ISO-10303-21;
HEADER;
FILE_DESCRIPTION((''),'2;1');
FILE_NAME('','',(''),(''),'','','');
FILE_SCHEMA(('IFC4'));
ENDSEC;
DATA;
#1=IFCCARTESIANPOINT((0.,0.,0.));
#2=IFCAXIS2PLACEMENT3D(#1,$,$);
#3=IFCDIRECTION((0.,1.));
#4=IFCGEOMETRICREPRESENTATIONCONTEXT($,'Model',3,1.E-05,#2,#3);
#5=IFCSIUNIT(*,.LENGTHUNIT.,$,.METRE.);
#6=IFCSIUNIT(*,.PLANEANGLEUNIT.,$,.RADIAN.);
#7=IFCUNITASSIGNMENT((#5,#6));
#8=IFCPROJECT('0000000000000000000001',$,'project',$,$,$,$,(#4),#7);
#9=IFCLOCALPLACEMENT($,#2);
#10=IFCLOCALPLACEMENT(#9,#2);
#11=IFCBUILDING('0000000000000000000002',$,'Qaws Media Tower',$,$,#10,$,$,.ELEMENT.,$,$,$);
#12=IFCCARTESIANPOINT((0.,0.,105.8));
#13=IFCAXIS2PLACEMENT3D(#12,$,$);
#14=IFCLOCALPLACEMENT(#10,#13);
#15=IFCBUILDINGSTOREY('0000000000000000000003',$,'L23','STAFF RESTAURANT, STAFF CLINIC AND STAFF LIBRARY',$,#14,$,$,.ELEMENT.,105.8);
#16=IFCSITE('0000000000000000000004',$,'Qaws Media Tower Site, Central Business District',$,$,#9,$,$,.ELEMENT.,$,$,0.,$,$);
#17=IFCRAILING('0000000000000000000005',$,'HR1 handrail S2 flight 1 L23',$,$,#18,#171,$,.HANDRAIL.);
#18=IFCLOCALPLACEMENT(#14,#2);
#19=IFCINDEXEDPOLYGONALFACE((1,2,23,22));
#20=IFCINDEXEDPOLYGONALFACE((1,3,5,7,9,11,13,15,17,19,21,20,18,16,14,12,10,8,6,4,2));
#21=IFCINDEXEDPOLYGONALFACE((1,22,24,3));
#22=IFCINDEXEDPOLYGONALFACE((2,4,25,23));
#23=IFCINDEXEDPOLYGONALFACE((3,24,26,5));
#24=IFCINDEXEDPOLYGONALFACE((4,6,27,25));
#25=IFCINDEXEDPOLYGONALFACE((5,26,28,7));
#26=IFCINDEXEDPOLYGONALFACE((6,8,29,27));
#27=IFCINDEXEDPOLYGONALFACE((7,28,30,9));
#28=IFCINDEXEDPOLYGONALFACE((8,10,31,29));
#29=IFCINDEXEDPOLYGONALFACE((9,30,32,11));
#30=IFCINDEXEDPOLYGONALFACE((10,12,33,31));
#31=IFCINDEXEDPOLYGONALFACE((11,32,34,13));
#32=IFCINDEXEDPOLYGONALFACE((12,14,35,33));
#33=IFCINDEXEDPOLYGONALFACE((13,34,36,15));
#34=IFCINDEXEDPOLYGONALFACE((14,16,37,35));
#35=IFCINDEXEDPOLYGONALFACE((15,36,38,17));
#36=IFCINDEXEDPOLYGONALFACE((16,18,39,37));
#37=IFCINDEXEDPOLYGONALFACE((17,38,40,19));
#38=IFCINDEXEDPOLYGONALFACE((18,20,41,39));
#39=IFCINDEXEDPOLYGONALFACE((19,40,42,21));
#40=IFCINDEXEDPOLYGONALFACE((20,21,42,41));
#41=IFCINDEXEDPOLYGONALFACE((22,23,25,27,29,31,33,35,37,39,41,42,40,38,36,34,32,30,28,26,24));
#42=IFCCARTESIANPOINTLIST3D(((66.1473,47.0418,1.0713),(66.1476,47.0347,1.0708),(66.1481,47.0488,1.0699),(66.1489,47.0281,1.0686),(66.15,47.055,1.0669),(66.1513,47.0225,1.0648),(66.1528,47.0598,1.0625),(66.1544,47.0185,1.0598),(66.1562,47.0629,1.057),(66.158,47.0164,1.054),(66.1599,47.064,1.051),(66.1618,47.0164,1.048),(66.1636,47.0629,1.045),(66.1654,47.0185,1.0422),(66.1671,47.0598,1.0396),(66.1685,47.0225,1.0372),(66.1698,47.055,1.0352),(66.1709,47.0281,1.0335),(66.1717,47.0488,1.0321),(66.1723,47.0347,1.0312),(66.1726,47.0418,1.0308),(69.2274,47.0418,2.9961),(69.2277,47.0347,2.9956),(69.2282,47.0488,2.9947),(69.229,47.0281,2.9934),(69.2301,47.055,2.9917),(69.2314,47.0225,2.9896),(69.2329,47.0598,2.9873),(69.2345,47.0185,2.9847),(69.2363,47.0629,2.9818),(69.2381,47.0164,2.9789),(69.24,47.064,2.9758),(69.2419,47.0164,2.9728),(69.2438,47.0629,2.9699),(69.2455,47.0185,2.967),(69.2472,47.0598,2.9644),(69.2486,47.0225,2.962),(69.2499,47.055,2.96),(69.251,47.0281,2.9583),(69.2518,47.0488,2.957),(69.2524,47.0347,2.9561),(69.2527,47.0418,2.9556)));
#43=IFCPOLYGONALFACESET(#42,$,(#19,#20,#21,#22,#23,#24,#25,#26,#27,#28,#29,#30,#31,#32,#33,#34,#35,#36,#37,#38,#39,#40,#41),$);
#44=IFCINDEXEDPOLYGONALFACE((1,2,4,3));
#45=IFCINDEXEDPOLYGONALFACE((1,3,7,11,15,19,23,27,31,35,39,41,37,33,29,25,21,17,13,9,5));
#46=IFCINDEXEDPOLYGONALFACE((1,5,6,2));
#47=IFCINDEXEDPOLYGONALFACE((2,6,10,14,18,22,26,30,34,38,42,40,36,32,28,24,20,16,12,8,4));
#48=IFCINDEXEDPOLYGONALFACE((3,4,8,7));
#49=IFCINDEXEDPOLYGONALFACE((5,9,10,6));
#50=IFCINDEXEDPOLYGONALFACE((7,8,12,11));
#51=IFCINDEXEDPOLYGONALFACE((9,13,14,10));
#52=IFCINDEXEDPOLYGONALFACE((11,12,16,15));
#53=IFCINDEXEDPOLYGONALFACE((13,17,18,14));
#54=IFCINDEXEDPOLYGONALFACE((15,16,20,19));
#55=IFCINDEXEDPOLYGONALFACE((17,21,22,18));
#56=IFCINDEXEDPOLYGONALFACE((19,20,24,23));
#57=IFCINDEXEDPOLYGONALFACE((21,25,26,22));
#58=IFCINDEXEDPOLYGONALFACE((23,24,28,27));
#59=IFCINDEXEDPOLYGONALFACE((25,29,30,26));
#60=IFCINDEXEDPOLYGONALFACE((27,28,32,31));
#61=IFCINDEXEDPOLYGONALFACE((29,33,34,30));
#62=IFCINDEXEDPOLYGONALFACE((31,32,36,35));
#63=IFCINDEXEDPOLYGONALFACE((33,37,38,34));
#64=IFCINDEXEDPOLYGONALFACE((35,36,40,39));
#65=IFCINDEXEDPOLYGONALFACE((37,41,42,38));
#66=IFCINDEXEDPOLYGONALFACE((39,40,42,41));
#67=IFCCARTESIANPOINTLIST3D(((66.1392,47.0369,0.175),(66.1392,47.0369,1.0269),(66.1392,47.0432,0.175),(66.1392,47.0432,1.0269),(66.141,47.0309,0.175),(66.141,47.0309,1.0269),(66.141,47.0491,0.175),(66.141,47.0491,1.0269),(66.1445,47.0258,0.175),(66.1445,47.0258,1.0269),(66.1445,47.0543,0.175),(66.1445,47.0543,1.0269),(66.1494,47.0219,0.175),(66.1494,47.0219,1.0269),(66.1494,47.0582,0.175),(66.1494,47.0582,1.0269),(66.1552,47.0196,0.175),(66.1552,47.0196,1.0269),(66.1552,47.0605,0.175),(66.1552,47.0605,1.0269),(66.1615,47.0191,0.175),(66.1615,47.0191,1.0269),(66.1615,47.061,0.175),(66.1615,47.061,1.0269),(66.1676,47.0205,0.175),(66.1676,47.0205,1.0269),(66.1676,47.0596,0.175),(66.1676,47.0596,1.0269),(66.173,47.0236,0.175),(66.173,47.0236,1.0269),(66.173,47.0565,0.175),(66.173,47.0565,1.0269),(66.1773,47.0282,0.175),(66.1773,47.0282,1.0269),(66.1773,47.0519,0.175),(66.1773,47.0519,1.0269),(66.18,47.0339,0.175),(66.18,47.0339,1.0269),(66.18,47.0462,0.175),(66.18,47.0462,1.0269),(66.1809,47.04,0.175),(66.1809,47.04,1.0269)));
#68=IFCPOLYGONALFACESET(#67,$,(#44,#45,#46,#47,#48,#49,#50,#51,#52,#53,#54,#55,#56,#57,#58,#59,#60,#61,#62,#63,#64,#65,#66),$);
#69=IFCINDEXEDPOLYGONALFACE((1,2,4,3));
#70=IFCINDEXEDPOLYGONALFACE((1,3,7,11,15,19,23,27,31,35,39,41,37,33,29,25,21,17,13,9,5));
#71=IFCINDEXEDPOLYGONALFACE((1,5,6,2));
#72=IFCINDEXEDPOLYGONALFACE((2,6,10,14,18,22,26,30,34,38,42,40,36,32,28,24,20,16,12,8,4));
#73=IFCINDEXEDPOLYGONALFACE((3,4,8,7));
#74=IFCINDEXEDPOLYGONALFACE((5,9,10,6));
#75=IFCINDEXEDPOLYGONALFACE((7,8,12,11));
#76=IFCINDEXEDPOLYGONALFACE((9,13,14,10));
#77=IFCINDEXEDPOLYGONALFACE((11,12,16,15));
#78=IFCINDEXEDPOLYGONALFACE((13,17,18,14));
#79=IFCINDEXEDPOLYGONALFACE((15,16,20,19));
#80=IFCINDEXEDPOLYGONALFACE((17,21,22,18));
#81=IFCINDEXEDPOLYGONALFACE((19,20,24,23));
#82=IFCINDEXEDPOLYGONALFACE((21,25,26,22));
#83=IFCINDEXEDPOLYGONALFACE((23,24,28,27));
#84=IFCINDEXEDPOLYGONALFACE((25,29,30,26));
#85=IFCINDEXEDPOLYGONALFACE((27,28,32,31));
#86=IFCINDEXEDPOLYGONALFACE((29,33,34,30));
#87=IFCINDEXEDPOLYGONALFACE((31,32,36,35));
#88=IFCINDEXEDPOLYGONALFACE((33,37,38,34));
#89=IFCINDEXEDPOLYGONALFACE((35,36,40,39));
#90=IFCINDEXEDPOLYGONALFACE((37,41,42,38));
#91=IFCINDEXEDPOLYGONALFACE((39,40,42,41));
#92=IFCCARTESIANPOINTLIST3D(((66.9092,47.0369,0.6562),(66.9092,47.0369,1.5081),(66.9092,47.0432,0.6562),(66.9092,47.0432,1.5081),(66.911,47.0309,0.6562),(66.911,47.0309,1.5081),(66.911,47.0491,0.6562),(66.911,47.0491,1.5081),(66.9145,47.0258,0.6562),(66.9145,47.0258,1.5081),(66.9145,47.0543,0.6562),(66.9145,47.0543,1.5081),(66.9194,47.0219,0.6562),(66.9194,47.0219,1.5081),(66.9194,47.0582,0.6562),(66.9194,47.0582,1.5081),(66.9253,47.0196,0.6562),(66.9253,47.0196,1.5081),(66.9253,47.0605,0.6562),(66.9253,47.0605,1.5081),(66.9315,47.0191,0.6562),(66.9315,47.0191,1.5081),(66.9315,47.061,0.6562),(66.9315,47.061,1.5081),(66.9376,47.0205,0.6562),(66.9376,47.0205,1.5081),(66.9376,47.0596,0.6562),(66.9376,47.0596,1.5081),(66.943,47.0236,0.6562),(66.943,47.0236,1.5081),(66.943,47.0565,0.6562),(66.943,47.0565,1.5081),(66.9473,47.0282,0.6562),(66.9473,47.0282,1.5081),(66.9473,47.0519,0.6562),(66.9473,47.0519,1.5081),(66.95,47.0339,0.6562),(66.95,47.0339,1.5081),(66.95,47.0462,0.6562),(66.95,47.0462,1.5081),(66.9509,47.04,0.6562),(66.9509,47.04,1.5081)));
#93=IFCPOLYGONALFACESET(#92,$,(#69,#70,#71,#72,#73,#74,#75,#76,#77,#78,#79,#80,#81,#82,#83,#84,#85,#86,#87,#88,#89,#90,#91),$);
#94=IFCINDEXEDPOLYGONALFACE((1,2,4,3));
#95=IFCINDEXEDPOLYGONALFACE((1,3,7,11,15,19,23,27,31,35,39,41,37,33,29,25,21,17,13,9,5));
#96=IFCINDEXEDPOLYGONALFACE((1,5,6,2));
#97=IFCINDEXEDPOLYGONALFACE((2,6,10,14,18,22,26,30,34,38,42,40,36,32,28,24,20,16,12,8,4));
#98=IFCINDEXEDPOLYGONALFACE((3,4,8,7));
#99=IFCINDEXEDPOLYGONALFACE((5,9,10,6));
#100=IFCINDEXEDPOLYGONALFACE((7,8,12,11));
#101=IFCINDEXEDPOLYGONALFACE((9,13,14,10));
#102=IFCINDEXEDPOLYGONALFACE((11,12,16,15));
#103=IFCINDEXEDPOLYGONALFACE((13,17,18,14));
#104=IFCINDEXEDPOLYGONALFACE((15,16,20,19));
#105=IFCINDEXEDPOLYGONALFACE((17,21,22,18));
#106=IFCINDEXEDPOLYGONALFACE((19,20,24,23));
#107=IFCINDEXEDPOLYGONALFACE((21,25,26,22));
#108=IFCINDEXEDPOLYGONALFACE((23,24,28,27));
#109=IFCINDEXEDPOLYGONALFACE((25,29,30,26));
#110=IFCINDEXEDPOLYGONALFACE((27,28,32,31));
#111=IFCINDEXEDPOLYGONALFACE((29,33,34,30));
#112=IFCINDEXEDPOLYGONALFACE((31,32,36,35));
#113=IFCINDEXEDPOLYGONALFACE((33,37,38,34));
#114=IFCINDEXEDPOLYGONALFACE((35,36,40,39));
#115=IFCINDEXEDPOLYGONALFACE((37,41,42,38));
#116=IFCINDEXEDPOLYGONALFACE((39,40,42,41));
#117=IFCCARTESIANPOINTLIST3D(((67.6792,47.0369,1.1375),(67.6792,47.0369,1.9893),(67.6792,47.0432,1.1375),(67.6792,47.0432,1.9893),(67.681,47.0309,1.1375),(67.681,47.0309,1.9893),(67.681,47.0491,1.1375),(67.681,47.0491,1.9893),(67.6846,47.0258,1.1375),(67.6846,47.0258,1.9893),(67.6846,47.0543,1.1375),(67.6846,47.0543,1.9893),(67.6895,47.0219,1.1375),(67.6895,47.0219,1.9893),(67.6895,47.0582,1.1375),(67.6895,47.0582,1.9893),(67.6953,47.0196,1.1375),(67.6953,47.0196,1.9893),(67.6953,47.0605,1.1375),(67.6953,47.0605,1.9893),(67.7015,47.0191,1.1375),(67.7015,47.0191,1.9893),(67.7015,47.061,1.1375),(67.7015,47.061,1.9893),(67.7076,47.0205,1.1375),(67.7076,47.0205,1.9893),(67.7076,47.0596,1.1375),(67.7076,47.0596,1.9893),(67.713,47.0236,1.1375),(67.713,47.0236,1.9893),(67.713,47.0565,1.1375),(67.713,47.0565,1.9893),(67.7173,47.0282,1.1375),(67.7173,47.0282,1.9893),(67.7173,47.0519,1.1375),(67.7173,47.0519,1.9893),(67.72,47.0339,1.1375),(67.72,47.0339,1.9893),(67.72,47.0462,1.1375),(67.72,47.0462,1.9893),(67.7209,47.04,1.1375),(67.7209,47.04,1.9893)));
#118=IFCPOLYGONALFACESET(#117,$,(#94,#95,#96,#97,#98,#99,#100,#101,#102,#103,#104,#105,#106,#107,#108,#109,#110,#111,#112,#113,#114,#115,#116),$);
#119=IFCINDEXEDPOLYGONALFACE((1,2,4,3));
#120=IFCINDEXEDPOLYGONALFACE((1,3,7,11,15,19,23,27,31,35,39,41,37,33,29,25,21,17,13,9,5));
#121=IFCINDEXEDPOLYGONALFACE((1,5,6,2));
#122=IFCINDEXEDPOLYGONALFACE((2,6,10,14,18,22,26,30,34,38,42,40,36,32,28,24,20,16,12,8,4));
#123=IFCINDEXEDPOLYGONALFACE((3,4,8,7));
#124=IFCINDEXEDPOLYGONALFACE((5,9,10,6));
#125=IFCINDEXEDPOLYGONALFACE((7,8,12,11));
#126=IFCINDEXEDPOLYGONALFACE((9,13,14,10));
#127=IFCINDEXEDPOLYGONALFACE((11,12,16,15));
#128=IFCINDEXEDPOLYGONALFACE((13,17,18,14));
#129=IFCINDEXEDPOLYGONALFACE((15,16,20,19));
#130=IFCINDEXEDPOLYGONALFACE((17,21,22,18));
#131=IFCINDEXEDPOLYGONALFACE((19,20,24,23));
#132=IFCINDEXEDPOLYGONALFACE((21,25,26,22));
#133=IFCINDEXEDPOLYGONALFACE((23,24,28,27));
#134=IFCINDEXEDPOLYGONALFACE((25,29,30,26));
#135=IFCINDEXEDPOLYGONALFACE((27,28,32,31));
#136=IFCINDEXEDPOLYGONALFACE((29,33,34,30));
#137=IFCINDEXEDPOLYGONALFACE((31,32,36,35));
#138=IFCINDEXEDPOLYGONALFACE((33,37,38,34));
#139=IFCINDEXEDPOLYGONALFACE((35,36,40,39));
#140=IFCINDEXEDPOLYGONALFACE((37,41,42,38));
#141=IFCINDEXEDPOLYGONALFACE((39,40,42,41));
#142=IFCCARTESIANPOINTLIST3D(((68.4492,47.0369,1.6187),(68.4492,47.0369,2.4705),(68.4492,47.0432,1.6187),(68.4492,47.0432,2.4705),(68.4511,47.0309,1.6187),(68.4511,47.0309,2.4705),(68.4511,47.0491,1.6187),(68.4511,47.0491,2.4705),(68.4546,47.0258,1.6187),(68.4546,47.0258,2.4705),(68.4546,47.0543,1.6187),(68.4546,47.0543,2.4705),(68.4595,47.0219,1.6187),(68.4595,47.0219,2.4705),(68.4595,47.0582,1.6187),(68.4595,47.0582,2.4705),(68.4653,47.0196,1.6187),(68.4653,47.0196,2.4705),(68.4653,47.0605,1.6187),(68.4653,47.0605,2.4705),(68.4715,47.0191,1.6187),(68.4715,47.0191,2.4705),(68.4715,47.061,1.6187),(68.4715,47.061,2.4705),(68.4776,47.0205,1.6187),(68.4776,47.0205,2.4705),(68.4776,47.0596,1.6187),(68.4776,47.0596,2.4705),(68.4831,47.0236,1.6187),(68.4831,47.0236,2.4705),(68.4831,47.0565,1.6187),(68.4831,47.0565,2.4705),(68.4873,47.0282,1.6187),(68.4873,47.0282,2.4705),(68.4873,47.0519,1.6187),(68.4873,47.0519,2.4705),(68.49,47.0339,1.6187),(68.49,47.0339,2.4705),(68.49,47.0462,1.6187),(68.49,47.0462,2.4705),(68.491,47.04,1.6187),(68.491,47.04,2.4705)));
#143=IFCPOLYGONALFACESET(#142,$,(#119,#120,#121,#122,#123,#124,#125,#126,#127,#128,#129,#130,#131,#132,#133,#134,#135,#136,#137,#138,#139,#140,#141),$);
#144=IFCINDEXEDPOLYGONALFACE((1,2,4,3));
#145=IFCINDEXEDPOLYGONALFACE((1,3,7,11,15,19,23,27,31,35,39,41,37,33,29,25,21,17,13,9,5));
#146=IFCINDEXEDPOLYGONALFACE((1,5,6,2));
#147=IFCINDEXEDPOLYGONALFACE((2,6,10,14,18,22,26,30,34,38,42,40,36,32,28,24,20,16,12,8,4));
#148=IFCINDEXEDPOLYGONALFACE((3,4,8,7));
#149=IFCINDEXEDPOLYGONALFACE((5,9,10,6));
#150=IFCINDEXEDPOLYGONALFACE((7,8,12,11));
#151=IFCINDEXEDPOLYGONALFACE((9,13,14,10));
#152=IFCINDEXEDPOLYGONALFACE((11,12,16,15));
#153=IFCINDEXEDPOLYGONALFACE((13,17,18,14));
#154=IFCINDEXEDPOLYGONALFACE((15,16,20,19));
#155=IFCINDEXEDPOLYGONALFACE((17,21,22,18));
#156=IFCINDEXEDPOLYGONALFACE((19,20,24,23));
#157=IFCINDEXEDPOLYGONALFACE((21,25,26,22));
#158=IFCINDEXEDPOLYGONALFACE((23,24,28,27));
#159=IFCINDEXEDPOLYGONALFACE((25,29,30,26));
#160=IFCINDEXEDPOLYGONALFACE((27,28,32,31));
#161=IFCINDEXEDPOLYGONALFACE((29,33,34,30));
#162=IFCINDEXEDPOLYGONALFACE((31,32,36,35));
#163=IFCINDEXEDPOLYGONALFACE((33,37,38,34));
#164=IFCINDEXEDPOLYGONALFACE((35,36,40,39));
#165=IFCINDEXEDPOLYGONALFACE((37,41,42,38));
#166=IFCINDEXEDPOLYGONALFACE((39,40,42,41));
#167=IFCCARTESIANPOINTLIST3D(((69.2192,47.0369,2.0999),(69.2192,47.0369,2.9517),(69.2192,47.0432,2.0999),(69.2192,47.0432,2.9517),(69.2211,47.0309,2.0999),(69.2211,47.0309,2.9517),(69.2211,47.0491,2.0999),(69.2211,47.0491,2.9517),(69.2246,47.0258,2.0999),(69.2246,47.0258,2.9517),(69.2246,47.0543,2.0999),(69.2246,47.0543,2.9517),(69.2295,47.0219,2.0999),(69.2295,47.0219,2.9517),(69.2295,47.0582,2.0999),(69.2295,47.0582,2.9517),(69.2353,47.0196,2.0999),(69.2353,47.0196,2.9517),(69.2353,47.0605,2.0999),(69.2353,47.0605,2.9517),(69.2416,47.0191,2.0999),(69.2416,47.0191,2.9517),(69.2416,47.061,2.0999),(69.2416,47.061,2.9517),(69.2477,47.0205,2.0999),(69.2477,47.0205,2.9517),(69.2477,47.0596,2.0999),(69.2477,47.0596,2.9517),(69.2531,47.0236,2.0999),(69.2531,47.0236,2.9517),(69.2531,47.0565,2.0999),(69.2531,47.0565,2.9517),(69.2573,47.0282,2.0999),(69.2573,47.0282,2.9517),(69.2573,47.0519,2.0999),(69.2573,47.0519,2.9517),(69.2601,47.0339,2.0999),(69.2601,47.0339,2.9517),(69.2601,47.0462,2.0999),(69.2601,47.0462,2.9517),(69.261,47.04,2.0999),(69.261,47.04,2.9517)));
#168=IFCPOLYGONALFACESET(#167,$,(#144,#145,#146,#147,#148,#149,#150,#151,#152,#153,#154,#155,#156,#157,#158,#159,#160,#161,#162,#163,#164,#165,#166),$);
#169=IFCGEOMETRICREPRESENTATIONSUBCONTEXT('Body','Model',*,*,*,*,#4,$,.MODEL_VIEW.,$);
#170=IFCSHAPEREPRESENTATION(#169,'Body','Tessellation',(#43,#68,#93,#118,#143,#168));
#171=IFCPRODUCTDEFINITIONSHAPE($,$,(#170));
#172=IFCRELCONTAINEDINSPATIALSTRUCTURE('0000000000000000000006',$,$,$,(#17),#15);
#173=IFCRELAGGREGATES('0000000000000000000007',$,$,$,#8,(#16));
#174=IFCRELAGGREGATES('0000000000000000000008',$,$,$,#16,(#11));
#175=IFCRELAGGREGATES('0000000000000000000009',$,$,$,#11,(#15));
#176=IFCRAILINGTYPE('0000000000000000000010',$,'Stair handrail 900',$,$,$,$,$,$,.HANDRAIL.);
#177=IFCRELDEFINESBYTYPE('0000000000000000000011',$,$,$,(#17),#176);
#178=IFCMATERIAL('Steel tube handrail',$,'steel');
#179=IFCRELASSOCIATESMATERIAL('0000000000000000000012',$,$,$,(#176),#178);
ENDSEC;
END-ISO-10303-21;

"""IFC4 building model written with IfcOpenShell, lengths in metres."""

from ifc_helpers import new_model, si_unit, direction, frame, origin, origin_2d, place, context, subcontext, project, spatial, circle, extrude, material, type_object, element, save


model = new_model("IFC4")

# Units and contexts
model_context = context("Model", 3, precision=1e-05, world=origin(), true_north=direction((0.0, 1.0)))
body_context = subcontext(model_context, "Body", "Model", "MODEL_VIEW")
ifc_project = project(units=[si_unit("LENGTHUNIT", "METRE"), si_unit("PLANEANGLEUNIT", "RADIAN")], contexts=[model_context])

# Site, building, storey
site_placement = place(None, origin())
site = spatial("IfcSite", under=ifc_project, at=site_placement, Name="Qaws Media Tower Site, Central Business District", CompositionType="ELEMENT", RefElevation=0.0)
building_placement = place(site_placement, origin())
building = spatial("IfcBuilding", under=site, at=building_placement, Name="Qaws Media Tower", CompositionType="ELEMENT")
storey_placement = place(building_placement, frame((0.0, 0.0, 105.8)))
storey = spatial("IfcBuildingStorey", under=building, at=storey_placement, Name="L23", Description="STAFF RESTAURANT, STAFF CLINIC AND STAFF LIBRARY", CompositionType="ELEMENT", Elevation=105.8)

# Railing
ifc_material_1 = material(Name="Steel tube handrail", Category="steel")
railing_type = type_object("IfcRailingType", Name="Stair handrail 900", PredefinedType="HANDRAIL", material=ifc_material_1)
for number, where, name in (
    (1, (66.1599, 47.04, 0.175), "HR1 handrail S2 flight 1 L23"),
):
    element("IfcRailing", number, at=place(storey_placement, frame(where)), inside=storey, type_object=railing_type, Name=name, PredefinedType="HANDRAIL", context=body_context, shape_type="SweptSolid", body=[
        extrude(circle(Radius=0.0239, at=origin_2d()), frame((0.0, 0.0, 0.876), z_axis=(0.848029, 0.0, 0.529951), x_axis=(0.0, 1.0, 0.0)), (0.0, 0.0, 1.0), 3.6321),
        extrude(circle(Radius=0.021, at=origin_2d()), origin(), (0.0, 0.0, 1.0), 0.8518),
        extrude(circle(Radius=0.021, at=origin_2d()), frame((0.77, 0.0, 0.4812)), (0.0, 0.0, 1.0), 0.8518),
        extrude(circle(Radius=0.021, at=origin_2d()), frame((1.54, 0.0, 0.9624)), (0.0, 0.0, 1.0), 0.8518),
        extrude(circle(Radius=0.021, at=origin_2d()), frame((2.3101, 0.0, 1.4436)), (0.0, 0.0, 1.0), 0.8518),
        extrude(circle(Radius=0.021, at=origin_2d()), frame((3.0801, 0.0, 1.9248)), (0.0, 0.0, 1.0), 0.8518),
    ])

save(model, "model.ifc")
